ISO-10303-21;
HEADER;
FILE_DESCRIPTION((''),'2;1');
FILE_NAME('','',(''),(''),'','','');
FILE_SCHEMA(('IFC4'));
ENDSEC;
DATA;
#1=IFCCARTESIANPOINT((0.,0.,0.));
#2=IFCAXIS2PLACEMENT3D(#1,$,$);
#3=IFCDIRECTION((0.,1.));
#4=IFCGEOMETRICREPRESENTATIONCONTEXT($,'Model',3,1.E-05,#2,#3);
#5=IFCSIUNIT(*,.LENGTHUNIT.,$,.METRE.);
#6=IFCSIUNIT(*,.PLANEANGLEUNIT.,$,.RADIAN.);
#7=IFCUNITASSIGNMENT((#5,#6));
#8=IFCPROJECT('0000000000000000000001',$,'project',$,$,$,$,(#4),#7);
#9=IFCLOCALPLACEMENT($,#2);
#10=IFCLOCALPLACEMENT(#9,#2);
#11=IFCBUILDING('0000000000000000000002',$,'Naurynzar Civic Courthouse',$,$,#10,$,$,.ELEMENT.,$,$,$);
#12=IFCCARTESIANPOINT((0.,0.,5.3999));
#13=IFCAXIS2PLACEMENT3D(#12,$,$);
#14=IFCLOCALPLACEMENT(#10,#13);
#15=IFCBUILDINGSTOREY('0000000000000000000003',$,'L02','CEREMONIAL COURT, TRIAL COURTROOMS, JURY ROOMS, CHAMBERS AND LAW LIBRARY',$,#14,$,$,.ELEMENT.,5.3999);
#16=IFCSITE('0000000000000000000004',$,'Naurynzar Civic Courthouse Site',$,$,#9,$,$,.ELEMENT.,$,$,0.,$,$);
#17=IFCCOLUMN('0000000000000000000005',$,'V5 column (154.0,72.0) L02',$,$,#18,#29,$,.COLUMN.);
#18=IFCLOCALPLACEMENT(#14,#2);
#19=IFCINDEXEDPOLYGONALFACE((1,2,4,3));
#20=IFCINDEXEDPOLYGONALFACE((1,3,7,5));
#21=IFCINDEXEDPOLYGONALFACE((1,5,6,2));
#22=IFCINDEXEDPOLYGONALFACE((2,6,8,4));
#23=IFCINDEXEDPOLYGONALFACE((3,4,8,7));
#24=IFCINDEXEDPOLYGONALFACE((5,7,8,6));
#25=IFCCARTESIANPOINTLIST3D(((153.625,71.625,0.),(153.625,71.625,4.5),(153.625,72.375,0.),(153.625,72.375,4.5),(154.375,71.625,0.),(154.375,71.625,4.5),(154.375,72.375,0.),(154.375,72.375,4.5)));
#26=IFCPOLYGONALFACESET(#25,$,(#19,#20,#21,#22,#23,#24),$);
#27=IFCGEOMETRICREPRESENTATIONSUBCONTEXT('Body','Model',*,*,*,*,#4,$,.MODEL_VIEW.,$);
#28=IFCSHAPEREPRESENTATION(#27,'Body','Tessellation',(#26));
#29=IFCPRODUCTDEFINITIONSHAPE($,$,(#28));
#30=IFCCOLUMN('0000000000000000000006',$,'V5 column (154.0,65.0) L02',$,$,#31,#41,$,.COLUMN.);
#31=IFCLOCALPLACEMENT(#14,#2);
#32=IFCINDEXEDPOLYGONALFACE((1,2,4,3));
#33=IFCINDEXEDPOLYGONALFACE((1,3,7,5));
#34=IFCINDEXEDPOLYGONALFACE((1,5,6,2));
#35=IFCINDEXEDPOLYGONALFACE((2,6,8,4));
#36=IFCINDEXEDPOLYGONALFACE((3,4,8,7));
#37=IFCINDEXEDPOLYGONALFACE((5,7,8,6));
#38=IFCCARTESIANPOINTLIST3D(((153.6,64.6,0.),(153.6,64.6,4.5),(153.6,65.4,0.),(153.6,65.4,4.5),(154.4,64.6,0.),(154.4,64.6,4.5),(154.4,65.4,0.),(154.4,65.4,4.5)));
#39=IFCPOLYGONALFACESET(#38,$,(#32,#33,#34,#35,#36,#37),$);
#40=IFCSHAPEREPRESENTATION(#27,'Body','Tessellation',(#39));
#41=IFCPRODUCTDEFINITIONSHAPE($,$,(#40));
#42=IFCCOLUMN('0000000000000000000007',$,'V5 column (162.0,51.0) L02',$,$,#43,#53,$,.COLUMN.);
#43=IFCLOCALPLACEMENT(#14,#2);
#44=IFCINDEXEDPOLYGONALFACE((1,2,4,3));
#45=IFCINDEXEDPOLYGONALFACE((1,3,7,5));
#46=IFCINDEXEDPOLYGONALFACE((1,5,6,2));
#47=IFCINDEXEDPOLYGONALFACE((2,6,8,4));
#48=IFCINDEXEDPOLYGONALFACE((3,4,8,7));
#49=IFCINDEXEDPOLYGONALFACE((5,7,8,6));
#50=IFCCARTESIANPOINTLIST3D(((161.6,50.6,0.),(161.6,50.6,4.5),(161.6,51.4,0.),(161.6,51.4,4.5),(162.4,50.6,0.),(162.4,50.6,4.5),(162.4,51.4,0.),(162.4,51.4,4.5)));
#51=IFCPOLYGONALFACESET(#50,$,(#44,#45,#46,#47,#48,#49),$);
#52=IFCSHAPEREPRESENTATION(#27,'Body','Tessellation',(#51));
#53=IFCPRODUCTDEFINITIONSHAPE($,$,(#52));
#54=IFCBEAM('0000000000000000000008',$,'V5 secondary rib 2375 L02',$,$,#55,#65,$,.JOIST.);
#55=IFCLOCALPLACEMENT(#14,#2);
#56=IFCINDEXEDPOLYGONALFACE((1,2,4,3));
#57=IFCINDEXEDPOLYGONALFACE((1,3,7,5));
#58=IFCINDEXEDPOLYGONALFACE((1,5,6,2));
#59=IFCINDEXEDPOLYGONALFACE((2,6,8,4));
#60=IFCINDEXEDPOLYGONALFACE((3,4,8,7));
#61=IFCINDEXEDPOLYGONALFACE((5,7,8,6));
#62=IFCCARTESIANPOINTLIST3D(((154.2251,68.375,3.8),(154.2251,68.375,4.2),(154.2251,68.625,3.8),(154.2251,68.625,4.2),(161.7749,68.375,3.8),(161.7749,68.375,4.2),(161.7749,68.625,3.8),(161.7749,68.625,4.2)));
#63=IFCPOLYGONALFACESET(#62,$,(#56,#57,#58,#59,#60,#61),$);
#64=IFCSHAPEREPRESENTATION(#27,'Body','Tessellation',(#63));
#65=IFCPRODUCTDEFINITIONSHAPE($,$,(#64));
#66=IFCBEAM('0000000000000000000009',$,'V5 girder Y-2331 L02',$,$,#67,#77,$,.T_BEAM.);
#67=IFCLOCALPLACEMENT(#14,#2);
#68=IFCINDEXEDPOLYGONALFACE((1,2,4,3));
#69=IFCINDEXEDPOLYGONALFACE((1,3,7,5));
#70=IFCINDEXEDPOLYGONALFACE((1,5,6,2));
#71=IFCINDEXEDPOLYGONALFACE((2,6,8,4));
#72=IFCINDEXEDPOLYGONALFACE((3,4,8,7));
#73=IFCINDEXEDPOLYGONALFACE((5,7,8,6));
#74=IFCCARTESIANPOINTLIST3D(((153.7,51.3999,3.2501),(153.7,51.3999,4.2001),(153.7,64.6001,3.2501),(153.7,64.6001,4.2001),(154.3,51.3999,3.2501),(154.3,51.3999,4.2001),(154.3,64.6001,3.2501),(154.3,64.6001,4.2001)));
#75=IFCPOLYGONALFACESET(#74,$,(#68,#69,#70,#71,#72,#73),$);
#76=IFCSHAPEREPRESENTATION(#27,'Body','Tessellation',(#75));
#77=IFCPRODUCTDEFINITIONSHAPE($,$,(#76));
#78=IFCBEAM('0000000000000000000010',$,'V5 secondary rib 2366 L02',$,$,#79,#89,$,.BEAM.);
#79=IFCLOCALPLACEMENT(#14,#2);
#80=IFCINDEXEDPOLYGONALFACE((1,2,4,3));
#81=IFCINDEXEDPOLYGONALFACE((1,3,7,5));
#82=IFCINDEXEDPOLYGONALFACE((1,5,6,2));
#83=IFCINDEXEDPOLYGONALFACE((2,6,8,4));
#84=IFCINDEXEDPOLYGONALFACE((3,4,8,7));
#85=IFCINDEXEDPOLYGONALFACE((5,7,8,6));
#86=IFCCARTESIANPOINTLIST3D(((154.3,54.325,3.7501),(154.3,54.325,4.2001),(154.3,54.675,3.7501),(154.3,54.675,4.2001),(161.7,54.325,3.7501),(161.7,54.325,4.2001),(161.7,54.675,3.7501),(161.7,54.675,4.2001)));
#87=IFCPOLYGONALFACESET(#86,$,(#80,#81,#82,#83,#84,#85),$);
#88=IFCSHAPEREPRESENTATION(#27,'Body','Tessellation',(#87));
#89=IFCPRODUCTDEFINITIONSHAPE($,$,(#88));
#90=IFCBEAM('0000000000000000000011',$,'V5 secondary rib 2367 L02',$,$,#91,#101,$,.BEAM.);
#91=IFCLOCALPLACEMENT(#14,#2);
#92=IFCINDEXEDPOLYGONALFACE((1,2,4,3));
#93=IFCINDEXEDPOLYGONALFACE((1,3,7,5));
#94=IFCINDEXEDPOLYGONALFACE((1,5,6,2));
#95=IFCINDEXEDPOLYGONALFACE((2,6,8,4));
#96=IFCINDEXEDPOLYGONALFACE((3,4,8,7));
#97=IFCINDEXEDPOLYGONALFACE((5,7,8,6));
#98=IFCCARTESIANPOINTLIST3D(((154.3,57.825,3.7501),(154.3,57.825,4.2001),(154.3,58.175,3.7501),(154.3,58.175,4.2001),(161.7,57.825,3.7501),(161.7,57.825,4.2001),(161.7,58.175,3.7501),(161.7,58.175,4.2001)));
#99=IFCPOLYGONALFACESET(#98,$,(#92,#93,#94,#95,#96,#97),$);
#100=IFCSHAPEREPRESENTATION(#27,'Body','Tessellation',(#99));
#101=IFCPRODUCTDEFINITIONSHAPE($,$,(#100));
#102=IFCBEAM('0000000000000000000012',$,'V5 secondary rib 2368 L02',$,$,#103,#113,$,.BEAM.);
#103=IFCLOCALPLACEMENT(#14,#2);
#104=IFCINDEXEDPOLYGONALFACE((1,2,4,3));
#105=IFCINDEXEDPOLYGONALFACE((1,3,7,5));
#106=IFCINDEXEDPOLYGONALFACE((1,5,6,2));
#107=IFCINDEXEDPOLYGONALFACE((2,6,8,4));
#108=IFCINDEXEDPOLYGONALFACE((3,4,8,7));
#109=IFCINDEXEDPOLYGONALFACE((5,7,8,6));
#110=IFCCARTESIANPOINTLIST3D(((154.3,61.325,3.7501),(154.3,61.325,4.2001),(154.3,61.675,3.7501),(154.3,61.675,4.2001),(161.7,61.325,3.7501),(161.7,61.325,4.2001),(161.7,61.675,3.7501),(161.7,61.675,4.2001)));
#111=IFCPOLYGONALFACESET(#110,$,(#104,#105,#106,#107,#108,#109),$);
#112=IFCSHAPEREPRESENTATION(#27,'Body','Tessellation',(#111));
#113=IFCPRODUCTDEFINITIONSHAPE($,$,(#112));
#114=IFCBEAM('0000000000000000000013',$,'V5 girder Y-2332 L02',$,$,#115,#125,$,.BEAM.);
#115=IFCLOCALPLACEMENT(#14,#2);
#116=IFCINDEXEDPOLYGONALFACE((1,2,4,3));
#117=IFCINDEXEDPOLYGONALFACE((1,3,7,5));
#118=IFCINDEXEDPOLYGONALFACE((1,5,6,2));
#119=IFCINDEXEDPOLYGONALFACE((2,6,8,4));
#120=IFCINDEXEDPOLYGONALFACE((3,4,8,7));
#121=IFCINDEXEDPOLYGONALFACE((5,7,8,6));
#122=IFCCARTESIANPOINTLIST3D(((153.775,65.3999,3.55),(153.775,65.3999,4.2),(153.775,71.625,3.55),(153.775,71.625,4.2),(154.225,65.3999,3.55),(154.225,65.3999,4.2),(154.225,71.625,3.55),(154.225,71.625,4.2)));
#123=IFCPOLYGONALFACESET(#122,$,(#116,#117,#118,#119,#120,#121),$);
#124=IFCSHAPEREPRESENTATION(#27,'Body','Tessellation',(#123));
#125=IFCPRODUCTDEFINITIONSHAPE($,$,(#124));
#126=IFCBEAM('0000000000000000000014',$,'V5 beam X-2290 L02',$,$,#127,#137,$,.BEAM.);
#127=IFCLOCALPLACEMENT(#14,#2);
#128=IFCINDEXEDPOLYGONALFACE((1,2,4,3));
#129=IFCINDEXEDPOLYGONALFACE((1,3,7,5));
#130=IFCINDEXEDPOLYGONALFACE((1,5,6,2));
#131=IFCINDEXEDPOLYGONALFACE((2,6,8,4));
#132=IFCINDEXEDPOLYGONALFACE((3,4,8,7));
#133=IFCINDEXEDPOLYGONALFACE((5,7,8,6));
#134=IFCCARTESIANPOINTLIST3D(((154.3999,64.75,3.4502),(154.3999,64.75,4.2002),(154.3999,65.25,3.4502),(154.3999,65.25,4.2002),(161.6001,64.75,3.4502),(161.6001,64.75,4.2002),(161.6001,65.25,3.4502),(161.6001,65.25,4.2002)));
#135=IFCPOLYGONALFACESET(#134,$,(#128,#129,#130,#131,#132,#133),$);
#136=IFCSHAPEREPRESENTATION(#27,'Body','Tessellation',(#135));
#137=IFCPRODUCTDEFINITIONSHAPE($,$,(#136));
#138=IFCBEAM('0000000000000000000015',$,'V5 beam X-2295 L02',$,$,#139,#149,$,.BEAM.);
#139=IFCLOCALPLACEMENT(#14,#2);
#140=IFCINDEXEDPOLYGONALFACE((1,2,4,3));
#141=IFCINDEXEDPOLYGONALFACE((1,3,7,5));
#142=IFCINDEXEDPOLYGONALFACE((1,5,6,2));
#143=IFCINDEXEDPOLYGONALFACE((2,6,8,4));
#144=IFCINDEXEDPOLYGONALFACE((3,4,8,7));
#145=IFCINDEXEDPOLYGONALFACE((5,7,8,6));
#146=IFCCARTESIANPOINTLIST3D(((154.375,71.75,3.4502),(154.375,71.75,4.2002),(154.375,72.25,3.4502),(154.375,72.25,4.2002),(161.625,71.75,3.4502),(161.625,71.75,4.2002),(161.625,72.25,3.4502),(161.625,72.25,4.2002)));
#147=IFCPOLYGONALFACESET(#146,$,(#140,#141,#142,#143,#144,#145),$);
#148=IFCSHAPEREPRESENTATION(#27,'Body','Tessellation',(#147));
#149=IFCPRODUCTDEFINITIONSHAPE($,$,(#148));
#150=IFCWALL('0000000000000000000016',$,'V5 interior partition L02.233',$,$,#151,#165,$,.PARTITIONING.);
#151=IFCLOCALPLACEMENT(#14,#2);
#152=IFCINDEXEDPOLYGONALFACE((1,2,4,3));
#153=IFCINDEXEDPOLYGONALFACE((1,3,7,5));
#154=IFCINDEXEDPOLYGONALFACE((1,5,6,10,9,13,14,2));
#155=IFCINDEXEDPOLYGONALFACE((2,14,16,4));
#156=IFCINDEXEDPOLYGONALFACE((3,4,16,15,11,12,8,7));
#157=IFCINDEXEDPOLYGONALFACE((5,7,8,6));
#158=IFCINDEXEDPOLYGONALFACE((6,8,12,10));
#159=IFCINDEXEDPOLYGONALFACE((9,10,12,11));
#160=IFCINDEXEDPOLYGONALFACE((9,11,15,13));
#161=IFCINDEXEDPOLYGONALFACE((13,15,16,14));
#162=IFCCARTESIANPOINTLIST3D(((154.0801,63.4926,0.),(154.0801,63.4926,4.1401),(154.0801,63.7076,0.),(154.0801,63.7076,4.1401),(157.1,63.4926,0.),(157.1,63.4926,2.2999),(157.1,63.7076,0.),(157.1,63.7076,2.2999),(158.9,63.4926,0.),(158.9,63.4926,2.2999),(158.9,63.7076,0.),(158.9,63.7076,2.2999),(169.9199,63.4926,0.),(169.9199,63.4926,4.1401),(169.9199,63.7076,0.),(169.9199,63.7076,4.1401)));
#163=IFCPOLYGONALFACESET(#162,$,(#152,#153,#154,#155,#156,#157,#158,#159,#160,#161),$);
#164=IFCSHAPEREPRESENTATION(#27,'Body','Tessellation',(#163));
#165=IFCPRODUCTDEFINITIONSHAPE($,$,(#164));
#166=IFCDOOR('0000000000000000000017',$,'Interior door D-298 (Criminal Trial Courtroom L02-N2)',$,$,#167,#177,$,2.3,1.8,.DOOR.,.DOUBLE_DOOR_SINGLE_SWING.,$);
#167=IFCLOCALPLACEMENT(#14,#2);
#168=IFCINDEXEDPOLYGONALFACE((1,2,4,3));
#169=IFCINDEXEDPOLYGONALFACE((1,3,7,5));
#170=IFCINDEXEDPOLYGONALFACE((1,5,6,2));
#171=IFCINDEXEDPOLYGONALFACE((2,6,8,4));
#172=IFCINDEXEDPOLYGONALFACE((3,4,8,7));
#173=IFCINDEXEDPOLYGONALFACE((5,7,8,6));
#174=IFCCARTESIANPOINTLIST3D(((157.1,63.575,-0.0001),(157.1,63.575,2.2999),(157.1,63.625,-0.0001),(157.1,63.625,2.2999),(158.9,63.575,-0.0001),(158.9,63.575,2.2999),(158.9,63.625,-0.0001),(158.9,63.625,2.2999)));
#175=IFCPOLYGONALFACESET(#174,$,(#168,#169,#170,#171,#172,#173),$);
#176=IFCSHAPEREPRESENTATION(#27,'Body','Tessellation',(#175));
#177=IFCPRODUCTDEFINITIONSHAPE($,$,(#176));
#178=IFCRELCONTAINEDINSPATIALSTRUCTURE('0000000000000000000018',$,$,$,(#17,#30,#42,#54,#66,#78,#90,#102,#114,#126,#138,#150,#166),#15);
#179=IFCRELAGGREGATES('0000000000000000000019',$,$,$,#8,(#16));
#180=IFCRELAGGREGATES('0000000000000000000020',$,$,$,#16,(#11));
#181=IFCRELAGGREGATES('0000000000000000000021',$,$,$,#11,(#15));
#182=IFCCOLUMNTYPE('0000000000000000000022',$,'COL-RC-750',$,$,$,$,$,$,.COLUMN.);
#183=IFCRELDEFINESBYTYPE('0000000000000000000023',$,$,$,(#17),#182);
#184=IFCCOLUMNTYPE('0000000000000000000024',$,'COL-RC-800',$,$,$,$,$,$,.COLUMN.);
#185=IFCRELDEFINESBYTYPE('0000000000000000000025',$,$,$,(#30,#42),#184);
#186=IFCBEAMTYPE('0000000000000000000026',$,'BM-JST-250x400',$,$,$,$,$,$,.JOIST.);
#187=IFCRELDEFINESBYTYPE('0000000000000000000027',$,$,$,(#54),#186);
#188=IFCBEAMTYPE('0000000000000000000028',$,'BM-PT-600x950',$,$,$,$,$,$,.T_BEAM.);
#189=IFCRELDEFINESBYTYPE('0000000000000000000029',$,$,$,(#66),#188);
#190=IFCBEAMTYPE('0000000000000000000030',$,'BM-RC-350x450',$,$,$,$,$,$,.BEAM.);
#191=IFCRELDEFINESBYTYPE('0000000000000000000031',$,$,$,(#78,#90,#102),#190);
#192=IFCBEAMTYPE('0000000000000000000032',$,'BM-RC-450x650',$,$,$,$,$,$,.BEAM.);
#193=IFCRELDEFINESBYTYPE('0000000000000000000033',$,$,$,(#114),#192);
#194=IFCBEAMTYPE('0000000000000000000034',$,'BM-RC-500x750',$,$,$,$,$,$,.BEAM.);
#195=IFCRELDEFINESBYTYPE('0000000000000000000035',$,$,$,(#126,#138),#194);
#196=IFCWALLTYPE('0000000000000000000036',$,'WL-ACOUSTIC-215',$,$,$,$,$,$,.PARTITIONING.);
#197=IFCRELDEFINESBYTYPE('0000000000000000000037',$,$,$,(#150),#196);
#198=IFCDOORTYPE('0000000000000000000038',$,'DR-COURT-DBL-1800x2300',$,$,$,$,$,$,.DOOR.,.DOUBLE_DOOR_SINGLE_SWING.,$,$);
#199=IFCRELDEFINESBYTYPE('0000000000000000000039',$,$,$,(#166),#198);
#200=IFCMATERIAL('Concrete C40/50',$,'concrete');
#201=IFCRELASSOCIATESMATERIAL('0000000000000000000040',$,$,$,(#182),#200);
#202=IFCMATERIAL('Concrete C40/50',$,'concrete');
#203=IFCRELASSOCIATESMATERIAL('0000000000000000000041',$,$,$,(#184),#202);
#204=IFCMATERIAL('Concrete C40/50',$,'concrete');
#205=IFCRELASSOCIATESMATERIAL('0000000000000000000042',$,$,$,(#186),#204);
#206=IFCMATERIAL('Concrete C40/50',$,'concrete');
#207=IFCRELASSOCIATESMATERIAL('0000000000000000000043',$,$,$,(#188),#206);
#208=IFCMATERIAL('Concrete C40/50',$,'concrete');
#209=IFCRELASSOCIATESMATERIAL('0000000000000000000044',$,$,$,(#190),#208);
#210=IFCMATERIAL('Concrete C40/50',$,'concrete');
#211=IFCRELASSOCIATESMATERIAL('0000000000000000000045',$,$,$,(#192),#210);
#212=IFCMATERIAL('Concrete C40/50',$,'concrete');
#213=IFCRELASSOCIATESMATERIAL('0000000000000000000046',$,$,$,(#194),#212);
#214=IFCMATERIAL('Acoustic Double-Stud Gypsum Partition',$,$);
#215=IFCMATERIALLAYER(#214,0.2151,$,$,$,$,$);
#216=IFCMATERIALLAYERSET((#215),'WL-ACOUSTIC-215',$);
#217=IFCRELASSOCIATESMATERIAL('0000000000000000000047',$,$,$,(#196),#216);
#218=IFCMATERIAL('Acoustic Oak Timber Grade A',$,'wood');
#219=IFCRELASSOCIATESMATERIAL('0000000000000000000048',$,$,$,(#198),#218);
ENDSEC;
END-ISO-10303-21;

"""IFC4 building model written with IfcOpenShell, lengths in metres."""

from ifc_helpers import new_model, si_unit, direction, frame, frame_2d, origin, origin_2d, place, context, subcontext, project, spatial, rectangle, extrude, material, layer, layer_set, material_profile, profile_set, type_object, element, fill, save


model = new_model("IFC4")

# Units and contexts
model_context = context("Model", 3, precision=1e-05, world=origin(), true_north=direction((0.0, 1.0)))
body_context = subcontext(model_context, "Body", "Model", "MODEL_VIEW")
ifc_project = project(units=[si_unit("LENGTHUNIT", "METRE"), si_unit("PLANEANGLEUNIT", "RADIAN")], contexts=[model_context])

# Site, building, storey
site_placement = place(None, origin())
site = spatial("IfcSite", under=ifc_project, at=site_placement, Name="Naurynzar Civic Courthouse Site", CompositionType="ELEMENT", RefElevation=0.0)
building_placement = place(site_placement, origin())
building = spatial("IfcBuilding", under=site, at=building_placement, Name="Naurynzar Civic Courthouse", CompositionType="ELEMENT")
storey_placement = place(building_placement, frame((0.0, 0.0, 5.3999)))
storey = spatial("IfcBuildingStorey", under=building, at=storey_placement, Name="L02", Description="CEREMONIAL COURT, TRIAL COURTROOMS, JURY ROOMS, CHAMBERS AND LAW LIBRARY", CompositionType="ELEMENT", Elevation=5.3999)

# Columns
ifc_material_1 = material(Name="Concrete C40/50", Category="concrete")
ifc_material_profile_1 = material_profile(ifc_material_1, rectangle(XDim=0.75, YDim=0.75, at=origin_2d()), Name="RC 750x750")
ifc_profile_set_1 = profile_set([ifc_material_profile_1], Name="Concrete C40/50")
column_type_1 = type_object("IfcColumnType", Name="COL-RC-750", PredefinedType="COLUMN", material=ifc_profile_set_1)
column_placement = place(storey_placement, frame((154.0, 72.0, 0.0), z_axis=(0.0, 0.0, 1.0), x_axis=(1.0, 0.0, 0.0)))
element("IfcColumn", 1, at=column_placement, inside=storey, type_object=column_type_1, Name="V5 column (154.0,72.0) L02", PredefinedType="COLUMN", context=body_context, shape_type="SweptSolid", body=[
    extrude(rectangle(XDim=0.75, YDim=0.75, at=origin_2d()), origin(), (0.0, 0.0, 1.0), 4.5),
])
ifc_material_2 = material(Name="Concrete C40/50", Category="concrete")
ifc_material_profile_2 = material_profile(ifc_material_2, rectangle(XDim=0.8, YDim=0.8, at=origin_2d()), Name="RC 800x800")
ifc_profile_set_2 = profile_set([ifc_material_profile_2], Name="Concrete C40/50")
column_type_2 = type_object("IfcColumnType", Name="COL-RC-800", PredefinedType="COLUMN", material=ifc_profile_set_2)
for number, where, z_axis, x_axis, name in (
    (2, (154.0, 65.0, 0.0), (0.0, 0.0, 1.0), (1.0, 0.0, 0.0), "V5 column (154.0,65.0) L02"),
    (3, (162.0, 51.0, 0.0), (0.0, 0.0, 1.0), (1.0, 0.0, 0.0), "V5 column (162.0,51.0) L02"),
):
    element("IfcColumn", number, at=place(storey_placement, frame(where, z_axis=z_axis, x_axis=x_axis)), inside=storey, type_object=column_type_2, Name=name, PredefinedType="COLUMN", context=body_context, shape_type="SweptSolid", body=[
        extrude(rectangle(XDim=0.8, YDim=0.8, at=origin_2d()), origin(), (0.0, 0.0, 1.0), 4.5),
    ])

# Beams
ifc_material_3 = material(Name="Concrete C40/50", Category="concrete")
ifc_material_profile_3 = material_profile(ifc_material_3, rectangle(XDim=0.25, YDim=0.3999, at=origin_2d()), Name="RCB 250x400")
ifc_profile_set_3 = profile_set([ifc_material_profile_3], Name="Concrete C40/50")
beam_type_1 = type_object("IfcBeamType", Name="BM-JST-250x400", PredefinedType="JOIST", material=ifc_profile_set_3)
beam_1_placement = place(storey_placement, frame((154.2251, 68.5, 4.0), z_axis=(1.0, 0.0, 0.0), x_axis=(0.0, 1.0, 0.0)))
element("IfcBeam", 4, at=beam_1_placement, inside=storey, type_object=beam_type_1, Name="V5 secondary rib 2375 L02", PredefinedType="JOIST", context=body_context, shape_type="SweptSolid", body=[
    extrude(rectangle(XDim=0.25, YDim=0.3999, at=origin_2d()), origin(), (0.0, 0.0, 1.0), 7.5498),
])
ifc_material_4 = material(Name="Concrete C40/50", Category="concrete")
ifc_material_profile_4 = material_profile(ifc_material_4, rectangle(XDim=0.6001, YDim=0.95, at=origin_2d()), Name="PTB 600x950")
ifc_profile_set_4 = profile_set([ifc_material_profile_4], Name="Concrete C40/50")
beam_type_2 = type_object("IfcBeamType", Name="BM-PT-600x950", PredefinedType="T_BEAM", material=ifc_profile_set_4)
beam_2_placement = place(storey_placement, frame((154.0, 51.3999, 3.7251), z_axis=(0.0, 1.0, 0.0), x_axis=(-1.0, 0.0, 0.0)))
element("IfcBeam", 5, at=beam_2_placement, inside=storey, type_object=beam_type_2, Name="V5 girder Y-2331 L02", PredefinedType="T_BEAM", context=body_context, shape_type="SweptSolid", body=[
    extrude(rectangle(XDim=0.6001, YDim=0.95, at=origin_2d()), origin(), (0.0, 0.0, 1.0), 13.2002),
])
ifc_material_5 = material(Name="Concrete C40/50", Category="concrete")
ifc_material_profile_5 = material_profile(ifc_material_5, rectangle(XDim=0.3501, YDim=0.45, at=origin_2d()), Name="RCB 350x450")
ifc_profile_set_5 = profile_set([ifc_material_profile_5], Name="Concrete C40/50")
beam_type_3 = type_object("IfcBeamType", Name="BM-RC-350x450", PredefinedType="BEAM", material=ifc_profile_set_5)
for number, where, z_axis, x_axis, name in (
    (6, (154.3, 54.5, 3.9751), (1.0, 0.0, 0.0), (0.0, 1.0, 0.0), "V5 secondary rib 2366 L02"),
    (7, (154.3, 58.0, 3.9751), (1.0, 0.0, 0.0), (0.0, 1.0, 0.0), "V5 secondary rib 2367 L02"),
    (8, (154.3, 61.5, 3.9751), (1.0, 0.0, 0.0), (0.0, 1.0, 0.0), "V5 secondary rib 2368 L02"),
):
    element("IfcBeam", number, at=place(storey_placement, frame(where, z_axis=z_axis, x_axis=x_axis)), inside=storey, type_object=beam_type_3, Name=name, PredefinedType="BEAM", context=body_context, shape_type="SweptSolid", body=[
        extrude(rectangle(XDim=0.3501, YDim=0.45, at=origin_2d()), origin(), (0.0, 0.0, 1.0), 7.3999),
    ])
ifc_material_6 = material(Name="Concrete C40/50", Category="concrete")
ifc_material_profile_6 = material_profile(ifc_material_6, rectangle(XDim=0.45, YDim=0.6499, at=origin_2d()), Name="RCB 450x650")
ifc_profile_set_6 = profile_set([ifc_material_profile_6], Name="Concrete C40/50")
beam_type_4 = type_object("IfcBeamType", Name="BM-RC-450x650", PredefinedType="BEAM", material=ifc_profile_set_6)
beam_3_placement = place(storey_placement, frame((154.0, 65.3999, 3.875), z_axis=(0.0, 1.0, 0.0), x_axis=(-1.0, 0.0, 0.0)))
element("IfcBeam", 9, at=beam_3_placement, inside=storey, type_object=beam_type_4, Name="V5 girder Y-2332 L02", PredefinedType="BEAM", context=body_context, shape_type="SweptSolid", body=[
    extrude(rectangle(XDim=0.45, YDim=0.6499, at=origin_2d()), origin(), (0.0, 0.0, 1.0), 6.2251),
])
ifc_material_7 = material(Name="Concrete C40/50", Category="concrete")
ifc_material_profile_7 = material_profile(ifc_material_7, rectangle(XDim=0.5, YDim=0.75, at=origin_2d()), Name="RCB 500x750")
ifc_profile_set_7 = profile_set([ifc_material_profile_7], Name="Concrete C40/50")
beam_type_5 = type_object("IfcBeamType", Name="BM-RC-500x750", PredefinedType="BEAM", material=ifc_profile_set_7)
beam_4_placement = place(storey_placement, frame((154.3999, 65.0, 3.8252), z_axis=(1.0, 0.0, 0.0), x_axis=(0.0, 1.0, 0.0)))
element("IfcBeam", 10, at=beam_4_placement, inside=storey, type_object=beam_type_5, Name="V5 beam X-2290 L02", PredefinedType="BEAM", context=body_context, shape_type="SweptSolid", body=[
    extrude(rectangle(XDim=0.5, YDim=0.75, at=origin_2d()), origin(), (0.0, 0.0, 1.0), 7.2002),
])
beam_5_placement = place(storey_placement, frame((154.375, 72.0, 3.8252), z_axis=(1.0, 0.0, 0.0), x_axis=(0.0, 1.0, 0.0)))
element("IfcBeam", 11, at=beam_5_placement, inside=storey, type_object=beam_type_5, Name="V5 beam X-2295 L02", PredefinedType="BEAM", context=body_context, shape_type="SweptSolid", body=[
    extrude(rectangle(XDim=0.5, YDim=0.75, at=origin_2d()), origin(), (0.0, 0.0, 1.0), 7.25),
])

# Wall, opening, door
ifc_material_8 = material(Name="Acoustic Double-Stud Gypsum Partition")
ifc_layer_1 = layer(ifc_material_8, 0.2151)
ifc_layer_set_1 = layer_set([ifc_layer_1], Name="WL-ACOUSTIC-215")
wall_type_1 = type_object("IfcWallType", Name="WL-ACOUSTIC-215", PredefinedType="PARTITIONING", material=ifc_layer_set_1)
wall_1_placement = place(storey_placement, frame((154.0801, 63.6001, 0.0), z_axis=(0.0, 0.0, 1.0), x_axis=(1.0, 0.0, 0.0)))
wall_1 = element("IfcWall", 12, at=wall_1_placement, inside=storey, type_object=wall_type_1, Name="V5 interior partition L02.233", PredefinedType="PARTITIONING", context=body_context, shape_type="SweptSolid", body=[
    extrude(rectangle(XDim=15.8398, YDim=0.2151, at=frame_2d((7.9199, 0.0))), origin(), (0.0, 0.0, 1.0), 4.1401),
])
opening_1_placement = place(wall_1_placement, frame((3.02, 0.0, 0.0)))
opening_1 = element("IfcOpeningElement", 13, at=opening_1_placement, cuts=wall_1, PredefinedType="OPENING", context=body_context, shape_type="SweptSolid", body=[
    extrude(rectangle(XDim=1.8, YDim=2.3, at=frame_2d((0.8999, 1.1499))), frame((0.0, 0.1174, 0.0), z_axis=(0.0, -1.0, 0.0), x_axis=(1.0, 0.0, 0.0)), (0.0, 0.0, 1.0), 0.2351),
])
ifc_material_9 = material(Name="Acoustic Oak Timber Grade A", Category="wood")
door_type_1 = type_object("IfcDoorType", Name="DR-COURT-DBL-1800x2300", OperationType="DOUBLE_DOOR_SINGLE_SWING", PredefinedType="DOOR", material=ifc_material_9)
door_1_placement = place(opening_1_placement, origin())
door_1 = element("IfcDoor", 14, at=door_1_placement, inside=storey, type_object=door_type_1, Name="Interior door D-298 (Criminal Trial Courtroom L02-N2)", OperationType="DOUBLE_DOOR_SINGLE_SWING", OverallHeight=2.3, OverallWidth=1.8, PredefinedType="DOOR", context=body_context, shape_type="SweptSolid", body=[
    extrude(rectangle(XDim=1.8, YDim=2.3, at=frame_2d((0.8999, 1.1499))), frame((0.0, 0.0249, 0.0), z_axis=(0.0, -1.0, 0.0), x_axis=(1.0, 0.0, 0.0)), (0.0, 0.0, 1.0), 0.05),
])
fill(opening_1, door_1)

save(model, "model.ifc")
